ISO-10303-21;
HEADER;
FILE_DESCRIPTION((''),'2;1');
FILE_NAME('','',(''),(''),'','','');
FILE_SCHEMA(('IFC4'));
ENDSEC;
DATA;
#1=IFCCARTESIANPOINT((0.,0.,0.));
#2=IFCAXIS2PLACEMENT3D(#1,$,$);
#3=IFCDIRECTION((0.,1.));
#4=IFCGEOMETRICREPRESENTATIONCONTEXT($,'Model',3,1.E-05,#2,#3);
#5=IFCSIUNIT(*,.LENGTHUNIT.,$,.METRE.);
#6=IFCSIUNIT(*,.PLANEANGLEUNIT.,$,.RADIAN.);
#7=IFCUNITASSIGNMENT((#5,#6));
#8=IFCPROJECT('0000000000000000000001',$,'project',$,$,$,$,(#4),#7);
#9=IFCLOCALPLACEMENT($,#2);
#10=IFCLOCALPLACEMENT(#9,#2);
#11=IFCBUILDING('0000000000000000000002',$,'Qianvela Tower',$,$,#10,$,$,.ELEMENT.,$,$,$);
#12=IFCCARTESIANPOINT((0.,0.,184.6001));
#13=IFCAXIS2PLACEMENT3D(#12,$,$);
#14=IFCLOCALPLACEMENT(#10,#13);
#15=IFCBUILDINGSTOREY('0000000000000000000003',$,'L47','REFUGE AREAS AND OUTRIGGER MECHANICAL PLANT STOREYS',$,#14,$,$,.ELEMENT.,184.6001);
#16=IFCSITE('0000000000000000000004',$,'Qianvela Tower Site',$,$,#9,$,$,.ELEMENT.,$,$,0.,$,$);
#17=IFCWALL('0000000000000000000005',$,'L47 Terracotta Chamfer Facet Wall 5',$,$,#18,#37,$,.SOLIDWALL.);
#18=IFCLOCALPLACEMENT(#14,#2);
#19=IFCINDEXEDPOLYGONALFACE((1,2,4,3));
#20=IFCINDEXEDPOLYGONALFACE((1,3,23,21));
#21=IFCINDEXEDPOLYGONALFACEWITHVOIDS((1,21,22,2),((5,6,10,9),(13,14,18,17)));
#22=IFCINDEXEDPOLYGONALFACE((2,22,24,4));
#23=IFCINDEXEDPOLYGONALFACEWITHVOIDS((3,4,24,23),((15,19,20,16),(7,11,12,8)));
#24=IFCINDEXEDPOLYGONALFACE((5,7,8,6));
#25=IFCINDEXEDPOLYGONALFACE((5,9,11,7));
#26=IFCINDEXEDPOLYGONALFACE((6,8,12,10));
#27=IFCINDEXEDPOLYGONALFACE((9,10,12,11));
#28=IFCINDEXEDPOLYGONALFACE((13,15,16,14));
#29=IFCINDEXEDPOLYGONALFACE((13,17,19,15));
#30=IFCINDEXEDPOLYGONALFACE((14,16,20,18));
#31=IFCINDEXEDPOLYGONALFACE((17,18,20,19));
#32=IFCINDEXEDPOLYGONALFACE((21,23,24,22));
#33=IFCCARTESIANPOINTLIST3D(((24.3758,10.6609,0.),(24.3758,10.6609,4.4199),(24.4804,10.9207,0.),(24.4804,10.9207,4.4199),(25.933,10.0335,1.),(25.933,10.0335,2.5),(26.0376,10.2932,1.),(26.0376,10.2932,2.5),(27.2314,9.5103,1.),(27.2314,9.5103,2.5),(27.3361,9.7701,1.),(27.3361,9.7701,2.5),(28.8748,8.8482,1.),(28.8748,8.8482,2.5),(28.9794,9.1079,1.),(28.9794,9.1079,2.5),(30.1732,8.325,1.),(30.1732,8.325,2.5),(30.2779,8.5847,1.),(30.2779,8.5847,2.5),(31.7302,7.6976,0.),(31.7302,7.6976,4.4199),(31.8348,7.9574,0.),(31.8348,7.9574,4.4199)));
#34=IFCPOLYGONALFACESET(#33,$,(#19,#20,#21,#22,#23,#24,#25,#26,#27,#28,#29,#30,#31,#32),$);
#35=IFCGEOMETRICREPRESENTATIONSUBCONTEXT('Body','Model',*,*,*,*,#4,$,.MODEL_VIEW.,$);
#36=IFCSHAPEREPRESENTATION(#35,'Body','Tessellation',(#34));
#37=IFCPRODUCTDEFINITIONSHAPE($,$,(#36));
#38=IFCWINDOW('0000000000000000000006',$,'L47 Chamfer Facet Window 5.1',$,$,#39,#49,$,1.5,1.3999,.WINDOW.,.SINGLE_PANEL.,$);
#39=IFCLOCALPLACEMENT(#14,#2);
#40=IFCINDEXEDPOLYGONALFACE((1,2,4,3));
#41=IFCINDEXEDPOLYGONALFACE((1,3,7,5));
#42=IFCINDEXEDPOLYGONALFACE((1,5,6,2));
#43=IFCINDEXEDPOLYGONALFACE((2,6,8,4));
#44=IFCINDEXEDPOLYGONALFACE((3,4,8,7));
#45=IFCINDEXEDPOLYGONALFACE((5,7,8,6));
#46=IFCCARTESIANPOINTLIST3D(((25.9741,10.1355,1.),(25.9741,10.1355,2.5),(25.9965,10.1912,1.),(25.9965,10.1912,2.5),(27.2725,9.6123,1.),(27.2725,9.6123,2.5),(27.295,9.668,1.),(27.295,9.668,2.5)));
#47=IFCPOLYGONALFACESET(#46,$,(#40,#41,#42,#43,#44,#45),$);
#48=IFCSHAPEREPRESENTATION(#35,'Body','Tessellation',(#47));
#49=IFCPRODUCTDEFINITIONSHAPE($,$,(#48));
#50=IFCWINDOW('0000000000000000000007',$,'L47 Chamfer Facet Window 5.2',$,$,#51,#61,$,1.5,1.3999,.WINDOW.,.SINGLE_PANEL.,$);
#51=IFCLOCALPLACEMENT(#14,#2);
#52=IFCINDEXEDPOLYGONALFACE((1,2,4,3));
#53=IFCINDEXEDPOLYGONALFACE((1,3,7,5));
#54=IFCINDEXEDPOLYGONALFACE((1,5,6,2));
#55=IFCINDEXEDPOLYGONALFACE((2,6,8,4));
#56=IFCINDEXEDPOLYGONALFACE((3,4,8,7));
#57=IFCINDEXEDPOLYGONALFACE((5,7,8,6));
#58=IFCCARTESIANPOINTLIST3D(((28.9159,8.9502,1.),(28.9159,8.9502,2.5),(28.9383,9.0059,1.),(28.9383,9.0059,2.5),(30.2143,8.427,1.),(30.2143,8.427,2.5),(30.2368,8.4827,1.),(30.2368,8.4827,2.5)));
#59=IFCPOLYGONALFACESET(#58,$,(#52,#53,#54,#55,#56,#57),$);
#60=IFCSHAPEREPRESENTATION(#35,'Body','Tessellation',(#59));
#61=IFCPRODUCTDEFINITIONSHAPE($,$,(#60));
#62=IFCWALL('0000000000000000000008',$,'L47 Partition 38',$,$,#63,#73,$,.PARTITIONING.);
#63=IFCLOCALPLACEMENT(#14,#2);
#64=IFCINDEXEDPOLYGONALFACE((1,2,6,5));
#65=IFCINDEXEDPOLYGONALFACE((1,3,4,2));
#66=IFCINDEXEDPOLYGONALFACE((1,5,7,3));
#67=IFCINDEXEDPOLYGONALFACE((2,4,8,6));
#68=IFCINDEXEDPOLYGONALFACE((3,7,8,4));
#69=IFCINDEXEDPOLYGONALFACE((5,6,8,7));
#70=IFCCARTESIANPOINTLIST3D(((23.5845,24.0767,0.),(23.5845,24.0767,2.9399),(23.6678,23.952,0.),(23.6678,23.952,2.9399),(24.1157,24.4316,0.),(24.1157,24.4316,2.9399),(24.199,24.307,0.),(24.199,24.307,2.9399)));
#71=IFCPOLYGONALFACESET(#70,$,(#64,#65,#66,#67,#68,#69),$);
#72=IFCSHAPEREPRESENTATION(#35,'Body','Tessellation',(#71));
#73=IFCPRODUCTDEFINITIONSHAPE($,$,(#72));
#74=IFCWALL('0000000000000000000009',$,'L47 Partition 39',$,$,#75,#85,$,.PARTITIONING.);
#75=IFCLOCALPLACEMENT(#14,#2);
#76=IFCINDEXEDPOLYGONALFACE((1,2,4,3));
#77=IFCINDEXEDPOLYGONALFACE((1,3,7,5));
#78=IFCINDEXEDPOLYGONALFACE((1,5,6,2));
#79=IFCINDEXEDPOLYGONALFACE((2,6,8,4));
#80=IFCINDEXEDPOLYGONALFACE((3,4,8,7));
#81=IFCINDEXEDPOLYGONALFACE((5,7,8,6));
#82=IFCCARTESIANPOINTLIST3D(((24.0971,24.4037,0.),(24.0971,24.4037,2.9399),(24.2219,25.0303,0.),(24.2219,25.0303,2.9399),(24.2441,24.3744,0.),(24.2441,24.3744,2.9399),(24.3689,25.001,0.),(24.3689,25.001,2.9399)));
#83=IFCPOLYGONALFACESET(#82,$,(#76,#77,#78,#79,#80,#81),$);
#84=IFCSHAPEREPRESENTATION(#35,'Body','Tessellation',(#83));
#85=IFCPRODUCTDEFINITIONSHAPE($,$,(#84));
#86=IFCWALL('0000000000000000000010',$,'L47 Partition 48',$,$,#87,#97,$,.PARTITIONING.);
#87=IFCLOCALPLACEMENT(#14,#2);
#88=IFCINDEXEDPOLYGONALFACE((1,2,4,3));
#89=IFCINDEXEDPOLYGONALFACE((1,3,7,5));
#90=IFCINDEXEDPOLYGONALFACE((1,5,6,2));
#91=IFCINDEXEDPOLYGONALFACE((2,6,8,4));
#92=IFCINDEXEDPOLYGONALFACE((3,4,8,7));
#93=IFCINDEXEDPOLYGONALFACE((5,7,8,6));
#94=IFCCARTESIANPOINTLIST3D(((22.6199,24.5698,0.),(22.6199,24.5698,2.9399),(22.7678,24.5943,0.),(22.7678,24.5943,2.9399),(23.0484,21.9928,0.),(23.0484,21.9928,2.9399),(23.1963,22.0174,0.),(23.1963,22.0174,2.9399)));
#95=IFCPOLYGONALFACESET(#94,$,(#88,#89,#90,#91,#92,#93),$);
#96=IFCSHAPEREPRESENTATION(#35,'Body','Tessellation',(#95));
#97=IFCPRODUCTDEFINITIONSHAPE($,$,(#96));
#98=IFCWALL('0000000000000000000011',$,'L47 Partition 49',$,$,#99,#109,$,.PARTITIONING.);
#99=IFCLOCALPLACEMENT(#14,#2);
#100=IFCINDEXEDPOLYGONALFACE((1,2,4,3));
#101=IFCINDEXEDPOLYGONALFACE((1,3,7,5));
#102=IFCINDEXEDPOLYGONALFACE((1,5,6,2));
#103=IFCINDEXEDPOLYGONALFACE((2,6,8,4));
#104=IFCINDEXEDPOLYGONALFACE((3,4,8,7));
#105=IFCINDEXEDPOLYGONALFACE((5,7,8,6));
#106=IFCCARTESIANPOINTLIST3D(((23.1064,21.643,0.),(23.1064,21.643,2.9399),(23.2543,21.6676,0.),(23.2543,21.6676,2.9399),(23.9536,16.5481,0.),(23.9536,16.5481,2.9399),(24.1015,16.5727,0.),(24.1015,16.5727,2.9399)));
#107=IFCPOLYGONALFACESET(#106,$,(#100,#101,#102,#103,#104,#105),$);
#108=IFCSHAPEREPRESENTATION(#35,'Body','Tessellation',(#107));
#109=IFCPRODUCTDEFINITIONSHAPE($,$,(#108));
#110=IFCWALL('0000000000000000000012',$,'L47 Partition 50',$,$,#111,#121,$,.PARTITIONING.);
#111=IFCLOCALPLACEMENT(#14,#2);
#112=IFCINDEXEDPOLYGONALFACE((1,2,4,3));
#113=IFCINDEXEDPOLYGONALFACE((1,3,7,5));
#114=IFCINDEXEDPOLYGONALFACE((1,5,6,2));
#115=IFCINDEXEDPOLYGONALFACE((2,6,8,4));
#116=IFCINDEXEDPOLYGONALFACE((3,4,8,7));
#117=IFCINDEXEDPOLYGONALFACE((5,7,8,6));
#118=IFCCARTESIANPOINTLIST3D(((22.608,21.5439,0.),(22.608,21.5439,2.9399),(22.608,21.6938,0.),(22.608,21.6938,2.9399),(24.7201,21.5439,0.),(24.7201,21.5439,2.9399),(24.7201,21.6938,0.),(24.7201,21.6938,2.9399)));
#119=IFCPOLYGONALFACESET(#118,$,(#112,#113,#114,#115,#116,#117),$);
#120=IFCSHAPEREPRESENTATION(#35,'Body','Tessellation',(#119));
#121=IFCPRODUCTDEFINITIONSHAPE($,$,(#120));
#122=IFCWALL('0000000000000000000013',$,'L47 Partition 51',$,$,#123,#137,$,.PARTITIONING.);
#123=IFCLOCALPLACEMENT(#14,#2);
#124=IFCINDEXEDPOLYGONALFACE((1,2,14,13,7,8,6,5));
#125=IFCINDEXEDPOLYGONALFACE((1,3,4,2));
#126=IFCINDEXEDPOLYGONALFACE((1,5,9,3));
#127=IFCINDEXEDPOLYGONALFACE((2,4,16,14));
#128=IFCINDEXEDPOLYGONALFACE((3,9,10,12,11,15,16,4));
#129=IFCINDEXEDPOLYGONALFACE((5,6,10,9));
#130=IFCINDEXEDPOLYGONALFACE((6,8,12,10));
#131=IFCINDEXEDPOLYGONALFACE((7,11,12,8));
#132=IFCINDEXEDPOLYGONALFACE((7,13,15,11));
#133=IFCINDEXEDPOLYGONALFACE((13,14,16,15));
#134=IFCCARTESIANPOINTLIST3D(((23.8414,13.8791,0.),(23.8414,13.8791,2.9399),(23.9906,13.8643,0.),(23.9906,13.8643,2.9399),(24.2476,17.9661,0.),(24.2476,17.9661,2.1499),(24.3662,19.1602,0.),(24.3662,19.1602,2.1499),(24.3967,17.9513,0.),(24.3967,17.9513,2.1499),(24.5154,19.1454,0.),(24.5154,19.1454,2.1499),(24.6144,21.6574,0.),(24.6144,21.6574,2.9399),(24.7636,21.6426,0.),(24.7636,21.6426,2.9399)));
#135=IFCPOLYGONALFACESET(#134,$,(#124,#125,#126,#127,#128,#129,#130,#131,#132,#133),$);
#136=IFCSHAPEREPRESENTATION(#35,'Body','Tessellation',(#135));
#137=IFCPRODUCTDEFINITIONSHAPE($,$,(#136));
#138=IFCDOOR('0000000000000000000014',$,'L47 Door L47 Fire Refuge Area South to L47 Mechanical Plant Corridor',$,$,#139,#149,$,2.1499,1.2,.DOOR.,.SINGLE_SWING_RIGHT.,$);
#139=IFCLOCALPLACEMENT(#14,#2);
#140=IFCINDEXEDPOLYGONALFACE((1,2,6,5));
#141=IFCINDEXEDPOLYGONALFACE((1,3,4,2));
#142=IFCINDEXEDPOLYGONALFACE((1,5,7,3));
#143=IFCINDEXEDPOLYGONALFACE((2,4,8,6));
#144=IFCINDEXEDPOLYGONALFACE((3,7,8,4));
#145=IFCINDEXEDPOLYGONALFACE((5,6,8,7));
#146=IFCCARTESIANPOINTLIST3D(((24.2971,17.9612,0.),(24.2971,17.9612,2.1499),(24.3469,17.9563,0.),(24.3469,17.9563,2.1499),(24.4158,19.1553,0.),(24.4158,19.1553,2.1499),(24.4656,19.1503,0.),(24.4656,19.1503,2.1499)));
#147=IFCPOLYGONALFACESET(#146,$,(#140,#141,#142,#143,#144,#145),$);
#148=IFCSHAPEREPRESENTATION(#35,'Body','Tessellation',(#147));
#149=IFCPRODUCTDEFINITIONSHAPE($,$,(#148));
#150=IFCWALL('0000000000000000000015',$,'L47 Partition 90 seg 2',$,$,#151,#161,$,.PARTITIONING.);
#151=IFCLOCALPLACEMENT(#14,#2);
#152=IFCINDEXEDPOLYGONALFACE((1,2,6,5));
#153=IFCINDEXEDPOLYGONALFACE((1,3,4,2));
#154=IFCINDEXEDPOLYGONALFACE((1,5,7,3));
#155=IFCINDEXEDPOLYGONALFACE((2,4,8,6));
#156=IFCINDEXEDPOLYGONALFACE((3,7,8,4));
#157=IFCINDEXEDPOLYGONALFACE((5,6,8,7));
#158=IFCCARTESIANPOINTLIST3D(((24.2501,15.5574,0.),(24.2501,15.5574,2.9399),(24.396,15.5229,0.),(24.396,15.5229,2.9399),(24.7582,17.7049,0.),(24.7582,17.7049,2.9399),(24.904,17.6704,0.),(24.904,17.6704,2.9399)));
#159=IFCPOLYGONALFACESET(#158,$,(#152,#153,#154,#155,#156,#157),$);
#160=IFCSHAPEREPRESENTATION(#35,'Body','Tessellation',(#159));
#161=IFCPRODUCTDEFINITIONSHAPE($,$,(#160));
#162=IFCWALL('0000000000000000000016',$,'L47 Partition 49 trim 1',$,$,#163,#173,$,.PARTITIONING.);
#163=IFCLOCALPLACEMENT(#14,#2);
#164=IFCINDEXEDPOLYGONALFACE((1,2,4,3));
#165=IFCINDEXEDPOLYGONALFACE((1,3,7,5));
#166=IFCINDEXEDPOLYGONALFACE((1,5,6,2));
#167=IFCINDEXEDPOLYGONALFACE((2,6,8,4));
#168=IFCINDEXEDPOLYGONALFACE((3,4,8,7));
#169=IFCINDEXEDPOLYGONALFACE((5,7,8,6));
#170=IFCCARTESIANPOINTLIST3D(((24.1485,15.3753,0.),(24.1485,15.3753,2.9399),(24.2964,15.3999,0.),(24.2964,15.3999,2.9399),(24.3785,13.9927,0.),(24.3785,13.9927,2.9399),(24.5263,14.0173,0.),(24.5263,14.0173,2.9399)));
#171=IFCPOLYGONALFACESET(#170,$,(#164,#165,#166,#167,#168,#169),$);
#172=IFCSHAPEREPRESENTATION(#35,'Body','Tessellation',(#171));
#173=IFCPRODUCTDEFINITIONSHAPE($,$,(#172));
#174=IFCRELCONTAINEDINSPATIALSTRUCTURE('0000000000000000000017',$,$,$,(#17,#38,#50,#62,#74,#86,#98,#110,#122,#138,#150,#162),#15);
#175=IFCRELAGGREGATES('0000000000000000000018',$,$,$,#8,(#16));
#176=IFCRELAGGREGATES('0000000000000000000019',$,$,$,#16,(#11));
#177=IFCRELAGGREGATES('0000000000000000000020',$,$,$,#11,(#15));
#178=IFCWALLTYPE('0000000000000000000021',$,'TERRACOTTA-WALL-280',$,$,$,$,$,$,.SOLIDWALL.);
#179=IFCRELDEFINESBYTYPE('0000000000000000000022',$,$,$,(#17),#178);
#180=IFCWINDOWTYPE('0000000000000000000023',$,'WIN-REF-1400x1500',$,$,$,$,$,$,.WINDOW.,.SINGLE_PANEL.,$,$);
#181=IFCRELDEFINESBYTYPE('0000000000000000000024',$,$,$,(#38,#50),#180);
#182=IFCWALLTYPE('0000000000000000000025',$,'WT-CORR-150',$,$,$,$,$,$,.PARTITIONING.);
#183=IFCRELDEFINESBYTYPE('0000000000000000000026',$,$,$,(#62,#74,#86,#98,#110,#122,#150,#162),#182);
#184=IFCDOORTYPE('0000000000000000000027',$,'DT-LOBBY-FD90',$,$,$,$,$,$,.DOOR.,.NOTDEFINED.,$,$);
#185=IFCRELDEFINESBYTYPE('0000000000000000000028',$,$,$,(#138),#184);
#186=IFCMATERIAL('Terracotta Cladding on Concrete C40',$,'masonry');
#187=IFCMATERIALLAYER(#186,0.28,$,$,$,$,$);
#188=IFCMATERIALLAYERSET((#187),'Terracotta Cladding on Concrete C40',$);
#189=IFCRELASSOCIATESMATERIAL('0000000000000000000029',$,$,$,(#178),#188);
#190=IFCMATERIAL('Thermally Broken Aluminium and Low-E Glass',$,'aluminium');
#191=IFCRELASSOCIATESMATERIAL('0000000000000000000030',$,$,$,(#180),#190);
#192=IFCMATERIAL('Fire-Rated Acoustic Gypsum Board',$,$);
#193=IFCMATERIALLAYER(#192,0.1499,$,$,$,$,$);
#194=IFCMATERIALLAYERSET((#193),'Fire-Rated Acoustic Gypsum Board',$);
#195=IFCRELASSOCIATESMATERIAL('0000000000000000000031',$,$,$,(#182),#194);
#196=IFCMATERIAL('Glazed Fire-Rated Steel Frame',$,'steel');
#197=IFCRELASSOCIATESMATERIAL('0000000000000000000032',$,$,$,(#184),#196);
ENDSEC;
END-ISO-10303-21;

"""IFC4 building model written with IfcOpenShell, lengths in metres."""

from ifc_helpers import new_model, si_unit, direction, frame, frame_2d, origin, place, context, subcontext, project, spatial, rectangle, extrude, material, layer, layer_set, type_object, element, fill, save


model = new_model("IFC4")

# Units and contexts
model_context = context("Model", 3, precision=1e-05, world=origin(), true_north=direction((0.0, 1.0)))
body_context = subcontext(model_context, "Body", "Model", "MODEL_VIEW")
ifc_project = project(units=[si_unit("LENGTHUNIT", "METRE"), si_unit("PLANEANGLEUNIT", "RADIAN")], contexts=[model_context])

# Site, building, storey
site_placement = place(None, origin())
site = spatial("IfcSite", under=ifc_project, at=site_placement, Name="Qianvela Tower Site", CompositionType="ELEMENT", RefElevation=0.0)
building_placement = place(site_placement, origin())
building = spatial("IfcBuilding", under=site, at=building_placement, Name="Qianvela Tower", CompositionType="ELEMENT")
storey_placement = place(building_placement, frame((0.0, 0.0, 184.6001)))
storey = spatial("IfcBuildingStorey", under=building, at=storey_placement, Name="L47", Description="REFUGE AREAS AND OUTRIGGER MECHANICAL PLANT STOREYS", CompositionType="ELEMENT", Elevation=184.6001)

# Wall, openings, windows
ifc_material_1 = material(Name="Terracotta Cladding on Concrete C40", Category="masonry")
ifc_layer_1 = layer(ifc_material_1, 0.28)
ifc_layer_set_1 = layer_set([ifc_layer_1], Name="Terracotta Cladding on Concrete C40")
wall_type_1 = type_object("IfcWallType", Name="TERRACOTTA-WALL-280", PredefinedType="SOLIDWALL", material=ifc_layer_set_1)
wall_1_placement = place(storey_placement, frame((24.4282, 10.7908, 0.0), z_axis=(0.0, 0.0, 1.0), x_axis=(0.927535, -0.373736, 0.0)))
wall_1 = element("IfcWall", 1, at=wall_1_placement, inside=storey, type_object=wall_type_1, Name="L47 Terracotta Chamfer Facet Wall 5", PredefinedType="SOLIDWALL", context=body_context, shape_type="SweptSolid", body=[
    extrude(rectangle(XDim=7.929, YDim=0.28, at=frame_2d((3.9644, 0.0))), origin(), (0.0, 0.0, 1.0), 4.4199),
])
opening_1_placement = place(wall_1_placement, frame((1.6787, 0.0, 1.0)))
opening_1 = element("IfcOpeningElement", 2, at=opening_1_placement, cuts=wall_1, PredefinedType="OPENING", context=body_context, shape_type="SweptSolid", body=[
    extrude(rectangle(XDim=1.3999, YDim=1.5, at=frame_2d((0.7, 0.75))), frame((0.0, 0.1499, 0.0), z_axis=(0.0, -1.0, 0.0), x_axis=(1.0, 0.0, 0.0)), (0.0, 0.0, 1.0), 0.3),
])
opening_2_placement = place(wall_1_placement, frame((4.8503, 0.0, 1.0)))
opening_2 = element("IfcOpeningElement", 3, at=opening_2_placement, cuts=wall_1, PredefinedType="OPENING", context=body_context, shape_type="SweptSolid", body=[
    extrude(rectangle(XDim=1.3999, YDim=1.5, at=frame_2d((0.7, 0.75))), frame((0.0, 0.1499, 0.0), z_axis=(0.0, -1.0, 0.0), x_axis=(1.0, 0.0, 0.0)), (0.0, 0.0, 1.0), 0.3),
])
ifc_material_2 = material(Name="Thermally Broken Aluminium and Low-E Glass", Category="aluminium")
window_type = type_object("IfcWindowType", Name="WIN-REF-1400x1500", PartitioningType="SINGLE_PANEL", PredefinedType="WINDOW", material=ifc_material_2)
window_1_placement = place(opening_1_placement, origin())
window_1 = element("IfcWindow", 4, at=window_1_placement, inside=storey, type_object=window_type, Name="L47 Chamfer Facet Window 5.1", OverallHeight=1.5, OverallWidth=1.3999, PartitioningType="SINGLE_PANEL", PredefinedType="WINDOW", context=body_context, shape_type="SweptSolid", body=[
    extrude(rectangle(XDim=1.3999, YDim=1.5, at=frame_2d((0.7, 0.75))), frame((0.0, 0.03, 0.0), z_axis=(0.0, -1.0, 0.0), x_axis=(1.0, 0.0, 0.0)), (0.0, 0.0, 1.0), 0.0601),
])
fill(opening_1, window_1)
window_2_placement = place(opening_2_placement, origin())
window_2 = element("IfcWindow", 5, at=window_2_placement, inside=storey, type_object=window_type, Name="L47 Chamfer Facet Window 5.2", OverallHeight=1.5, OverallWidth=1.3999, PartitioningType="SINGLE_PANEL", PredefinedType="WINDOW", context=body_context, shape_type="SweptSolid", body=[
    extrude(rectangle(XDim=1.3999, YDim=1.5, at=frame_2d((0.7, 0.75))), frame((0.0, 0.03, 0.0), z_axis=(0.0, -1.0, 0.0), x_axis=(1.0, 0.0, 0.0)), (0.0, 0.0, 1.0), 0.0601),
])
fill(opening_2, window_2)

# Walls
ifc_material_3 = material(Name="Fire-Rated Acoustic Gypsum Board")
ifc_layer_2 = layer(ifc_material_3, 0.1499)
ifc_layer_set_2 = layer_set([ifc_layer_2], Name="Fire-Rated Acoustic Gypsum Board")
wall_type_2 = type_object("IfcWallType", Name="WT-CORR-150", PredefinedType="PARTITIONING", material=ifc_layer_set_2)
for number, where, z_axis, x_axis, name in (
    (6, (23.6262, 24.0144, 0.0), (0.0, 0.0, 1.0), (0.831462, 0.555582, 0.0), "L47 Partition 38"),
    (7, (24.1707, 24.3892, 0.0), (0.0, 0.0, 1.0), (0.195234, 0.980757, 0.0), "L47 Partition 39"),
):
    element("IfcWall", number, at=place(storey_placement, frame(where, z_axis=z_axis, x_axis=x_axis)), inside=storey, type_object=wall_type_2, Name=name, PredefinedType="PARTITIONING", context=body_context, shape_type="SweptSolid", body=[
        extrude(rectangle(XDim=0.6389, YDim=0.1499, at=frame_2d((0.3193, 0.0))), origin(), (0.0, 0.0, 1.0), 2.9399),
    ])
wall_2_placement = place(storey_placement, frame((23.1223, 22.0051, 0.0), z_axis=(0.0, 0.0, 1.0), x_axis=(-0.16402, 0.986457, 0.0)))
element("IfcWall", 8, at=wall_2_placement, inside=storey, type_object=wall_type_2, Name="L47 Partition 48", PredefinedType="PARTITIONING", context=body_context, shape_type="SweptSolid", body=[
    extrude(rectangle(XDim=2.6123, YDim=0.1499, at=frame_2d((1.3062, 0.0))), origin(), (0.0, 0.0, 1.0), 2.9399),
])
wall_3_placement = place(storey_placement, frame((24.0276, 16.5603, 0.0), z_axis=(0.0, 0.0, 1.0), x_axis=(-0.164031, 0.986455, 0.0)))
element("IfcWall", 9, at=wall_3_placement, inside=storey, type_object=wall_type_2, Name="L47 Partition 49", PredefinedType="PARTITIONING", context=body_context, shape_type="SweptSolid", body=[
    extrude(rectangle(XDim=5.1648, YDim=0.1499, at=frame_2d((2.5825, 0.0))), origin(), (0.0, 0.0, 1.0), 2.9399),
])
wall_4_placement = place(storey_placement, frame((22.6079, 21.6189, 0.0), z_axis=(0.0, 0.0, 1.0), x_axis=(1.0, 0.0, 0.0)))
element("IfcWall", 10, at=wall_4_placement, inside=storey, type_object=wall_type_2, Name="L47 Partition 50", PredefinedType="PARTITIONING", context=body_context, shape_type="SweptSolid", body=[
    extrude(rectangle(XDim=2.1121, YDim=0.1499, at=frame_2d((1.0562, 0.0))), origin(), (0.0, 0.0, 1.0), 2.9399),
])

# Wall, opening, door
wall_5_placement = place(storey_placement, frame((24.689, 21.6499, 0.0), z_axis=(0.0, 0.0, 1.0), x_axis=(-0.098885, -0.995099, 0.0)))
wall_5 = element("IfcWall", 11, at=wall_5_placement, inside=storey, type_object=wall_type_2, Name="L47 Partition 51", PredefinedType="PARTITIONING", context=body_context, shape_type="SweptSolid", body=[
    extrude(rectangle(XDim=7.8167, YDim=0.1499, at=frame_2d((3.9082, 0.0))), origin(), (0.0, 0.0, 1.0), 2.9399),
])
opening_3_placement = place(wall_5_placement, frame((2.5093, 0.0, 0.0)))
opening_3 = element("IfcOpeningElement", 12, at=opening_3_placement, cuts=wall_5, PredefinedType="OPENING", context=body_context, shape_type="SweptSolid", body=[
    extrude(rectangle(XDim=1.2, YDim=2.1499, at=frame_2d((0.6001, 1.075))), frame((0.0, 0.085, 0.0), z_axis=(0.0, -1.0, 0.0), x_axis=(1.0, 0.0, 0.0)), (0.0, 0.0, 1.0), 0.1699),
])
ifc_material_4 = material(Name="Glazed Fire-Rated Steel Frame", Category="steel")
door_type = type_object("IfcDoorType", Name="DT-LOBBY-FD90", OperationType="NOTDEFINED", PredefinedType="DOOR", material=ifc_material_4)
door_placement = place(opening_3_placement, origin())
door = element("IfcDoor", 13, at=door_placement, inside=storey, type_object=door_type, Name="L47 Door L47 Fire Refuge Area South to L47 Mechanical Plant Corridor", OperationType="SINGLE_SWING_RIGHT", OverallHeight=2.1499, OverallWidth=1.2, PredefinedType="DOOR", context=body_context, shape_type="SweptSolid", body=[
    extrude(rectangle(XDim=1.2, YDim=2.1499, at=frame_2d((0.6001, 1.075))), frame((0.0, 0.0249, 0.0), z_axis=(0.0, -1.0, 0.0), x_axis=(1.0, 0.0, 0.0)), (0.0, 0.0, 1.0), 0.05),
])
fill(opening_3, door)

# Walls
wall_6_placement = place(storey_placement, frame((24.323, 15.54, 0.0), z_axis=(0.0, 0.0, 1.0), x_axis=(0.230229, 0.973136, 0.0)))
element("IfcWall", 14, at=wall_6_placement, inside=storey, type_object=wall_type_2, Name="L47 Partition 90 seg 2", PredefinedType="PARTITIONING", context=body_context, shape_type="SweptSolid", body=[
    extrude(rectangle(XDim=2.2068, YDim=0.1499, at=frame_2d((1.1035, 0.0))), origin(), (0.0, 0.0, 1.0), 2.9399),
])
wall_7_placement = place(storey_placement, frame((24.4524, 14.0051, 0.0), z_axis=(0.0, 0.0, 1.0), x_axis=(-0.164088, 0.986446, 0.0)))
element("IfcWall", 15, at=wall_7_placement, inside=storey, type_object=wall_type_2, Name="L47 Partition 49 trim 1", PredefinedType="PARTITIONING", context=body_context, shape_type="SweptSolid", body=[
    extrude(rectangle(XDim=1.4016, YDim=0.1499, at=frame_2d((0.7007, 0.0))), origin(), (0.0, 0.0, 1.0), 2.9399),
])

save(model, "model.ifc")
